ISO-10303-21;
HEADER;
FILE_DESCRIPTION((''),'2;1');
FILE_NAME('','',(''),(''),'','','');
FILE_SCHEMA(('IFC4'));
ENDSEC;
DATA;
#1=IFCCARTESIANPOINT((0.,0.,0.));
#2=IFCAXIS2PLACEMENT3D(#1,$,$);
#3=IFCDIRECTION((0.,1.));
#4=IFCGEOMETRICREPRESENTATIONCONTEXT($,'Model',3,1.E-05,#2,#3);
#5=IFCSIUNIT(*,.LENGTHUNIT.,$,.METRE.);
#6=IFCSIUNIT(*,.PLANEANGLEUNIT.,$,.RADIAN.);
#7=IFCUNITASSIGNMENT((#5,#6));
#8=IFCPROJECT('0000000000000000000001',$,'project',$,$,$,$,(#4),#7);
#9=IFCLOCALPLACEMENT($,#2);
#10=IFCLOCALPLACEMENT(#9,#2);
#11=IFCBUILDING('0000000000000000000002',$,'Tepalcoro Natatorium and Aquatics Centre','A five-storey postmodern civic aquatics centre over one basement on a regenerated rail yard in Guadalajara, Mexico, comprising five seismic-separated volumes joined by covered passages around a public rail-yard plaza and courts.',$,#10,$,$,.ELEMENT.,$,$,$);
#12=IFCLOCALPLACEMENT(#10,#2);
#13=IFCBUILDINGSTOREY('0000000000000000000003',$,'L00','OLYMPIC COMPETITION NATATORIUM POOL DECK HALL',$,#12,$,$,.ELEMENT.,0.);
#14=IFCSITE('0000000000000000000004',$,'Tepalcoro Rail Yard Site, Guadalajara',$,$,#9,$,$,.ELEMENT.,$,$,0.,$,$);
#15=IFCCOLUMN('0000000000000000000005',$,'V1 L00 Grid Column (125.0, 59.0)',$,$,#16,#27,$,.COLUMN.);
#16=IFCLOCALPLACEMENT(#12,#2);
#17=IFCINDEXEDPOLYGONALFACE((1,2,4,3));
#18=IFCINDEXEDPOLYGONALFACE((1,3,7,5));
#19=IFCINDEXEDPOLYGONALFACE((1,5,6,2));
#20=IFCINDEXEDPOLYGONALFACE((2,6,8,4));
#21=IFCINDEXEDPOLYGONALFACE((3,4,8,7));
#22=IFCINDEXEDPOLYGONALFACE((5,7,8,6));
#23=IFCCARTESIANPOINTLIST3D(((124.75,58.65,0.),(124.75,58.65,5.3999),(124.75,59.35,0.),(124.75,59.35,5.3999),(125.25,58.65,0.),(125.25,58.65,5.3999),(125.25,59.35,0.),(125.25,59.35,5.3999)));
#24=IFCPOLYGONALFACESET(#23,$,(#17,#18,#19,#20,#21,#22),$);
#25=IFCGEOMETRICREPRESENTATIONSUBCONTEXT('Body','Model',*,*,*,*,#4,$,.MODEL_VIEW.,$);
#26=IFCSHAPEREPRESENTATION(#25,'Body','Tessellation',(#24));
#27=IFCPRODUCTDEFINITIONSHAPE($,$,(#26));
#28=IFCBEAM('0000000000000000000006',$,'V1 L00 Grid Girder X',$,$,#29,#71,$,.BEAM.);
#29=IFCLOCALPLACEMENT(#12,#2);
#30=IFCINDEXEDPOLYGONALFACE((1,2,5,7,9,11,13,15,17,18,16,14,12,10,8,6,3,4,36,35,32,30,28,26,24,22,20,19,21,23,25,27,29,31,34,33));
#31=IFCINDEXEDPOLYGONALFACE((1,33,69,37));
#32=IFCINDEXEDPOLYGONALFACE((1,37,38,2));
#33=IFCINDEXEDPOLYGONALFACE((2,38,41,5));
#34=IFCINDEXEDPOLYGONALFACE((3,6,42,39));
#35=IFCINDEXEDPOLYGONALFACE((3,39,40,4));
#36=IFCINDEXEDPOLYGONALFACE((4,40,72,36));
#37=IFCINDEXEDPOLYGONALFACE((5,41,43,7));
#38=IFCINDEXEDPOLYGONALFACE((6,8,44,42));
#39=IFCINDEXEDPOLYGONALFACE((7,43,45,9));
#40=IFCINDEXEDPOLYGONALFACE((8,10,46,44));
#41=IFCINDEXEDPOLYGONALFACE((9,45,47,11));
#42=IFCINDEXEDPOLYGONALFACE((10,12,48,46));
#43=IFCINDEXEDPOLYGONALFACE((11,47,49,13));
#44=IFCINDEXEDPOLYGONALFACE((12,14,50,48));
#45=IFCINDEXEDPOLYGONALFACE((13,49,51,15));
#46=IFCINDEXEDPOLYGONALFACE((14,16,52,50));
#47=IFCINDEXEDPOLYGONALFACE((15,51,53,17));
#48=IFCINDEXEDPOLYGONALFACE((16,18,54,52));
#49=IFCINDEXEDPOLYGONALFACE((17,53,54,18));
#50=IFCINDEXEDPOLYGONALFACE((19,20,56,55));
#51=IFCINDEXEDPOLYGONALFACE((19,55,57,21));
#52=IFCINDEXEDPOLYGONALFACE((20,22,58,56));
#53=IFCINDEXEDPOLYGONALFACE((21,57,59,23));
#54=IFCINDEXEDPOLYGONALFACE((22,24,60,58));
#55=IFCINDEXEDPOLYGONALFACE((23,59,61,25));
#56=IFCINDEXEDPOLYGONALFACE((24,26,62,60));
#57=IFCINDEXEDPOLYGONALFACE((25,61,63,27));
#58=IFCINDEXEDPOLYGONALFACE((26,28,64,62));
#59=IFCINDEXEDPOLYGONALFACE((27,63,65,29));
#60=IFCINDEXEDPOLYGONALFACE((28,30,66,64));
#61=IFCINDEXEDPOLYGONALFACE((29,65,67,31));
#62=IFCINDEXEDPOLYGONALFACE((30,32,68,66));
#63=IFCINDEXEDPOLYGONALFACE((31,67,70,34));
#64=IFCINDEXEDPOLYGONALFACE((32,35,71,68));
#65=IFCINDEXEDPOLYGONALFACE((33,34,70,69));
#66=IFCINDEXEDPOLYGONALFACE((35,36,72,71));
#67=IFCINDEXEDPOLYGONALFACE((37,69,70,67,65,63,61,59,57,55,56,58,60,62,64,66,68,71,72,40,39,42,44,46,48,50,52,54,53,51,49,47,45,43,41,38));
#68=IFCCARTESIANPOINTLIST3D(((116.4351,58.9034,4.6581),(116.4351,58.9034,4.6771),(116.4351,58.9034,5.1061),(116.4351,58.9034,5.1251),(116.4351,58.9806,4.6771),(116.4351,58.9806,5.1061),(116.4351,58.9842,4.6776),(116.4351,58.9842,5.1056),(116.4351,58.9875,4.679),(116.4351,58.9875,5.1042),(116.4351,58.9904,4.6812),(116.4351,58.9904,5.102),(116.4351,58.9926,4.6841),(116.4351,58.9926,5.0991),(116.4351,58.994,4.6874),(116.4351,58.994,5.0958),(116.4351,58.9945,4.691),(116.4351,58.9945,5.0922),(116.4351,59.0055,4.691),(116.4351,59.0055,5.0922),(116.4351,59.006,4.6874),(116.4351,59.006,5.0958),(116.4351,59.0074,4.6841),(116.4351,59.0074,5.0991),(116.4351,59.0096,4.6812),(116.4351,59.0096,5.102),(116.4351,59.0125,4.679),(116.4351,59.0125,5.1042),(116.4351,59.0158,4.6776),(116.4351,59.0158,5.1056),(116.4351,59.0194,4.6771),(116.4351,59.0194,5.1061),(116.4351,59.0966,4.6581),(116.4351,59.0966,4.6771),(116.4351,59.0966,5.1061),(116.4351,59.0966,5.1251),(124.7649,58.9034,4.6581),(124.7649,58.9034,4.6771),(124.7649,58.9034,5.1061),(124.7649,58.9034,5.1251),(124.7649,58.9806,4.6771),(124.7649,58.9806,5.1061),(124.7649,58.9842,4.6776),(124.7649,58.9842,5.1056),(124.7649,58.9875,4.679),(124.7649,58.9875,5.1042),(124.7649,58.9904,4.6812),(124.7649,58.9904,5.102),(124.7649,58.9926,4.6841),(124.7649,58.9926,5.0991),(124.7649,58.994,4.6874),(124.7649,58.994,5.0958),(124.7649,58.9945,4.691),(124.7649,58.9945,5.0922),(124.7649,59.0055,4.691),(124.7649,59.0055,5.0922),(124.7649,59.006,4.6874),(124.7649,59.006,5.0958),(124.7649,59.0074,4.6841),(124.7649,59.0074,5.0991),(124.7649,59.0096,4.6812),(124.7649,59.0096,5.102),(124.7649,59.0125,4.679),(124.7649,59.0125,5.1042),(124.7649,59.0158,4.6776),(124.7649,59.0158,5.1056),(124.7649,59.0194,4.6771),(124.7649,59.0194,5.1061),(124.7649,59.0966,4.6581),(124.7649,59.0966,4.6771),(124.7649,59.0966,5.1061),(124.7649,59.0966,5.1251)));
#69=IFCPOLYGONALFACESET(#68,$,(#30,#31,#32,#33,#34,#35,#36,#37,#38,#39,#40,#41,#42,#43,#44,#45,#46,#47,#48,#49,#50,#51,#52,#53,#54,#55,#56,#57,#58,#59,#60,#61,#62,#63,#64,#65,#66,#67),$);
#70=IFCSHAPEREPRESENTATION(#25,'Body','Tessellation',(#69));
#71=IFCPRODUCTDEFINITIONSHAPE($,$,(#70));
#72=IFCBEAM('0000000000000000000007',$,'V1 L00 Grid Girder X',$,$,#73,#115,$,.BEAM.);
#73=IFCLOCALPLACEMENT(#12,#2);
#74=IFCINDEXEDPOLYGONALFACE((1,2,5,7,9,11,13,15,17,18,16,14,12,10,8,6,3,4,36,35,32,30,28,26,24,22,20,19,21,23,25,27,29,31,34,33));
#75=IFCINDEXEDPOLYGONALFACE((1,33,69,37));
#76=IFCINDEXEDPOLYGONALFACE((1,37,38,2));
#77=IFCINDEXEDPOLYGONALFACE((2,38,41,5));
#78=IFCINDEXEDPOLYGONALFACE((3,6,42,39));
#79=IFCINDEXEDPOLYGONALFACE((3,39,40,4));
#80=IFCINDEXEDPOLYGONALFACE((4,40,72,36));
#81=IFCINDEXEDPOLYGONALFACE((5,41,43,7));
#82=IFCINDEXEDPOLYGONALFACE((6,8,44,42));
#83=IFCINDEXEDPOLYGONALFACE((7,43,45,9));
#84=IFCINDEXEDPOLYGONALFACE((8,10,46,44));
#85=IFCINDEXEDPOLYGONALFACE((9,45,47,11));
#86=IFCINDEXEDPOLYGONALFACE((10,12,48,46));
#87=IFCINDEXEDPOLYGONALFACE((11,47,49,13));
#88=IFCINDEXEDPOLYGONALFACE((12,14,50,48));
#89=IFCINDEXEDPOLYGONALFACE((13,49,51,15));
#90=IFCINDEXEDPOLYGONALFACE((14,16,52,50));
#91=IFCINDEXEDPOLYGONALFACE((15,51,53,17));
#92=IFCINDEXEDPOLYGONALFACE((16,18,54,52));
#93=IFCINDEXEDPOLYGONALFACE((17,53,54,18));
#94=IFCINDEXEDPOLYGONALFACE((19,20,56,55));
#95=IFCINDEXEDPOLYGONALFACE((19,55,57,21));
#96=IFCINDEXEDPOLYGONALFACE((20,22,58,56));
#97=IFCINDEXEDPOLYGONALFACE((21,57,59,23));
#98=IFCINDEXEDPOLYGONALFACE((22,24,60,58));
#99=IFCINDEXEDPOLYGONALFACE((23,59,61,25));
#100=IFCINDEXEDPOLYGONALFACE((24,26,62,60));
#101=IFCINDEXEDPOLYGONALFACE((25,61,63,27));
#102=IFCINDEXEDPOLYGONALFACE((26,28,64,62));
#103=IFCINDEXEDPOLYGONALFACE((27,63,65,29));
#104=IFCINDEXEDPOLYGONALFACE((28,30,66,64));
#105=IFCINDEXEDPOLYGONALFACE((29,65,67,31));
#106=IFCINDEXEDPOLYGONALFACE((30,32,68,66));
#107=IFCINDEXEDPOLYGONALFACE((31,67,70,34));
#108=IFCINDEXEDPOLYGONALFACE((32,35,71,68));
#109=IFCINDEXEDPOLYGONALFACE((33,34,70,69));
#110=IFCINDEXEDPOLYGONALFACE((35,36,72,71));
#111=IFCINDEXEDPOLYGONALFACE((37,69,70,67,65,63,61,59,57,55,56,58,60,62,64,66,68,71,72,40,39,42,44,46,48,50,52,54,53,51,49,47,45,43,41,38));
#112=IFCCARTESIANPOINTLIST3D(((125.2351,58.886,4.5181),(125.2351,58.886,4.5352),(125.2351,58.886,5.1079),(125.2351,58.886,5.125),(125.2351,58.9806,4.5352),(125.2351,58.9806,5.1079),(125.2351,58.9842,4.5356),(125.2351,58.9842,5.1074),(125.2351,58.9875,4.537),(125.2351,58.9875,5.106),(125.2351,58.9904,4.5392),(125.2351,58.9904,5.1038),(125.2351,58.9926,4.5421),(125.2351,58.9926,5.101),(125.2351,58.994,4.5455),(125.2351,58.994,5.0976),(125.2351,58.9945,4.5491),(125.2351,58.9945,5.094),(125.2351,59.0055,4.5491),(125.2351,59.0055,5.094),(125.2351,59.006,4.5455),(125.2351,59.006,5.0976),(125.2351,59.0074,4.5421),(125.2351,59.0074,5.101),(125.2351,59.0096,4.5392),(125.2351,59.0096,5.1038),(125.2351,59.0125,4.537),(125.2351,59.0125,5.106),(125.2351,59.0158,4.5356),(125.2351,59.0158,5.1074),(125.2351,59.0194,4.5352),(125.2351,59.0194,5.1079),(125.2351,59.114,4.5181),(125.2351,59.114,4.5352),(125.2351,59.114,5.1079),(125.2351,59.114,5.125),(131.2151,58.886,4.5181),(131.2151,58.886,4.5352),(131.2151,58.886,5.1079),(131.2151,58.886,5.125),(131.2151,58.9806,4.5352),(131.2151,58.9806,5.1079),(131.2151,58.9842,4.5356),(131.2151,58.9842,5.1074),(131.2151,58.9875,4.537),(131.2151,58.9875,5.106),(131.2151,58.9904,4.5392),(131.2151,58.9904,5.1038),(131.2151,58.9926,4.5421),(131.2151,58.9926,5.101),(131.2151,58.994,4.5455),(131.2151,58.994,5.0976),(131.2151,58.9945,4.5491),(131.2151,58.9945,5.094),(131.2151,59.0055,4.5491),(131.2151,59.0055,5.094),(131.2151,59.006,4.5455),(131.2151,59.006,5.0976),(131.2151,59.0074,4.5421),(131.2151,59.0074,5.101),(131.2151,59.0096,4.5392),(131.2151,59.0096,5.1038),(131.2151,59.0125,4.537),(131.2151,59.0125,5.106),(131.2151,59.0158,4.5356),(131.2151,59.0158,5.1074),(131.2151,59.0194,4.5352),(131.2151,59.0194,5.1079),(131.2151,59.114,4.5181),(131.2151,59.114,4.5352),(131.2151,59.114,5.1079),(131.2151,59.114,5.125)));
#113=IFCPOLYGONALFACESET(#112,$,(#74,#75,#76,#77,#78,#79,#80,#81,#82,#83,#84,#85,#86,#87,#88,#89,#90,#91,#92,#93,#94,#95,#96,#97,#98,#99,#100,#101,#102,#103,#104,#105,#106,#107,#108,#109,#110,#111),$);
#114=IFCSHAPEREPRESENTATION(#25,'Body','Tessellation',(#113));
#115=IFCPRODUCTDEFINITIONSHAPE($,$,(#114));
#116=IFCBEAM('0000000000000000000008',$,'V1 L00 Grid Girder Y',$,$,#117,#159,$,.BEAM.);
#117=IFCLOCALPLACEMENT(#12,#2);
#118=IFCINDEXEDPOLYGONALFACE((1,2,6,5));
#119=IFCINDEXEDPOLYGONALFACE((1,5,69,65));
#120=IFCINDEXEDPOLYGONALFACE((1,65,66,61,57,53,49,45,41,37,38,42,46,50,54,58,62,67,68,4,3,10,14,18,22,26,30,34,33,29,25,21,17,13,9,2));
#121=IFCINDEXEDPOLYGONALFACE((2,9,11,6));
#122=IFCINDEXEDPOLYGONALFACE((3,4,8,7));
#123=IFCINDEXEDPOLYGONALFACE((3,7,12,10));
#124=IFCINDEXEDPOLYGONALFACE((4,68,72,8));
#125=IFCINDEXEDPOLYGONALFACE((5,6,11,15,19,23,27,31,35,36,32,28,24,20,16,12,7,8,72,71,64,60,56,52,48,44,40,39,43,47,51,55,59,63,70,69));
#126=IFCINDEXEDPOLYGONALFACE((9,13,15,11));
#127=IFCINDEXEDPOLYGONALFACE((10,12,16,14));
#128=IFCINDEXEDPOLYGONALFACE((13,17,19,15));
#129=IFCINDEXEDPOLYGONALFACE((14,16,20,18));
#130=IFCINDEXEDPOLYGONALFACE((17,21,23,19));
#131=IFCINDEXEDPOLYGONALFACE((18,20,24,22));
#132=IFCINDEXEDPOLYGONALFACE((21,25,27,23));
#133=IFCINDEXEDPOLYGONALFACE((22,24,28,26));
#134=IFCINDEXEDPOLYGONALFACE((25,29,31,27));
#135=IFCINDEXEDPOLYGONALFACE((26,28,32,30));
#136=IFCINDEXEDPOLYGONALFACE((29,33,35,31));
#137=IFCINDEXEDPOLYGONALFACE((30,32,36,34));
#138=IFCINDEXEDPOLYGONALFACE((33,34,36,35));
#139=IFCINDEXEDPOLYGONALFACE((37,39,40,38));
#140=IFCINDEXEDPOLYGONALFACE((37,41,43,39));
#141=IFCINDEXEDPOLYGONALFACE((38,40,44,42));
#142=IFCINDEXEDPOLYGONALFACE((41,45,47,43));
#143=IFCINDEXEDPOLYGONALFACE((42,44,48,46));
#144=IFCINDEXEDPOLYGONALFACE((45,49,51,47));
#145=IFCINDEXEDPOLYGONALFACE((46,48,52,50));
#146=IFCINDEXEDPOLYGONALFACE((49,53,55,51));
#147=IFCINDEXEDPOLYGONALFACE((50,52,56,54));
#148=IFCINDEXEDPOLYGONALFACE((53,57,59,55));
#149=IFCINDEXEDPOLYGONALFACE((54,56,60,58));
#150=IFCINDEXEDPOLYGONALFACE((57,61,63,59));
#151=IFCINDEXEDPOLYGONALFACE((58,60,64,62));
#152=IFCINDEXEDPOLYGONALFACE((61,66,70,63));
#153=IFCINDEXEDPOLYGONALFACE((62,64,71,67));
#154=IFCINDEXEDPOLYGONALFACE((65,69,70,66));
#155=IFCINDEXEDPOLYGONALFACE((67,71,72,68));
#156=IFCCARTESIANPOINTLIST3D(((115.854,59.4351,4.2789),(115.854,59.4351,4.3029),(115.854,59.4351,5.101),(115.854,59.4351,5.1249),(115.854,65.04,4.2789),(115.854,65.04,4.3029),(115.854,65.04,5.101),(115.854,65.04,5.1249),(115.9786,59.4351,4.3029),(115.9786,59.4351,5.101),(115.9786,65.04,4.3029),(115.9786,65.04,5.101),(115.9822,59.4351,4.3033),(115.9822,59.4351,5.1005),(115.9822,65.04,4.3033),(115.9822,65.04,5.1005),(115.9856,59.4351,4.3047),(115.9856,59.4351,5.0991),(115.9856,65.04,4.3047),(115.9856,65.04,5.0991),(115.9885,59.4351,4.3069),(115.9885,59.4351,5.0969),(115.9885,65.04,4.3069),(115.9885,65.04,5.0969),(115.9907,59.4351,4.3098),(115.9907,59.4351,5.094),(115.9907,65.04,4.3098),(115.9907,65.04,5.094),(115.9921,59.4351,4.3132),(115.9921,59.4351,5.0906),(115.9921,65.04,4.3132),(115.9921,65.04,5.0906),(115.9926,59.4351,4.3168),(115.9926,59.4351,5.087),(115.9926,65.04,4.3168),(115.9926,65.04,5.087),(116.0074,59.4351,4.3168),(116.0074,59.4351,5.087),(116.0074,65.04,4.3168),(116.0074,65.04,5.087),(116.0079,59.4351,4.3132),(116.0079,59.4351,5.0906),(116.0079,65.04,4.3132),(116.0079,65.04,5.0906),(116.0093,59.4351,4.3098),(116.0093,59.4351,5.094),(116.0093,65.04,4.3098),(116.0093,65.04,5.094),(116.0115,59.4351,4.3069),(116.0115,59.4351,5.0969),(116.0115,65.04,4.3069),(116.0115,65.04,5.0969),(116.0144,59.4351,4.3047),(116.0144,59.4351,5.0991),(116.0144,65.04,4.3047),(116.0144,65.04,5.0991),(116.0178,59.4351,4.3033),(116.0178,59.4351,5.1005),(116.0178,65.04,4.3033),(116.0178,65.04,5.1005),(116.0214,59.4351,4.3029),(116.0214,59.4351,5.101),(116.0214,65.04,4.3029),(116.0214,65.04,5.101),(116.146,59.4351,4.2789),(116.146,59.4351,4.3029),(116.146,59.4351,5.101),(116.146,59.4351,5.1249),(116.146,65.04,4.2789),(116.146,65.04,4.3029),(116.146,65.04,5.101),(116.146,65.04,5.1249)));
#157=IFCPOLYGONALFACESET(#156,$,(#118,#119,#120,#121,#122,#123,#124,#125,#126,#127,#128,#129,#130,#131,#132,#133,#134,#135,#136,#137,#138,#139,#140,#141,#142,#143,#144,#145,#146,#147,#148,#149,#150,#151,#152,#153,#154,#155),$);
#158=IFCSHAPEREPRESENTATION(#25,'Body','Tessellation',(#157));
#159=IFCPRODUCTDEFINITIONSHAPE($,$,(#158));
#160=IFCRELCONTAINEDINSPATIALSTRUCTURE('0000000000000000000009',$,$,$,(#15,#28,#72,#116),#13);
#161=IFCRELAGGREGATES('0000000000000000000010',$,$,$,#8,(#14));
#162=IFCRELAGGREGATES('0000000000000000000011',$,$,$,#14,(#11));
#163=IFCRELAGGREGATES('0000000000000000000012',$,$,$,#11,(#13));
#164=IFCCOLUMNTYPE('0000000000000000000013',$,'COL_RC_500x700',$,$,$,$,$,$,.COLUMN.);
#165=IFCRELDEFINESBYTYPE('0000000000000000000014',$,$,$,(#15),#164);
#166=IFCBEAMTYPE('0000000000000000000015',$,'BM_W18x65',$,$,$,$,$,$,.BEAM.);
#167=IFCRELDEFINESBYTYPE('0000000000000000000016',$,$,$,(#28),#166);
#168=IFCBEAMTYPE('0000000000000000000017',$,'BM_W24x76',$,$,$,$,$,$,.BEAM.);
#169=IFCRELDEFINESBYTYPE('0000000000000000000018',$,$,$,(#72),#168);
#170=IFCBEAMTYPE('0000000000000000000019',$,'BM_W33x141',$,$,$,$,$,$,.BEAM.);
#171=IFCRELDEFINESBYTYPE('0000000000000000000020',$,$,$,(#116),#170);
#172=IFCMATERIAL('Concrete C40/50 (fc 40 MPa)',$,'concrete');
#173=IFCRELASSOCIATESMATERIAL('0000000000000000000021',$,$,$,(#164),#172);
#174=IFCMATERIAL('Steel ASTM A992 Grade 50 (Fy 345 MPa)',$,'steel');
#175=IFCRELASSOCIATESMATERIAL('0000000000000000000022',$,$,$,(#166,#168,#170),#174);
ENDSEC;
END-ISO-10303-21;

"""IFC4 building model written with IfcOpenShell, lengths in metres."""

from ifc_helpers import new_model, si_unit, direction, frame, origin, origin_2d, place, context, subcontext, project, spatial, rectangle, i_section, extrude, material, material_profile, profile_set, type_object, element, save


model = new_model("IFC4")

# Units and contexts
model_context = context("Model", 3, precision=1e-05, world=origin(), true_north=direction((0.0, 1.0)))
body_context = subcontext(model_context, "Body", "Model", "MODEL_VIEW")
ifc_project = project(units=[si_unit("LENGTHUNIT", "METRE"), si_unit("PLANEANGLEUNIT", "RADIAN")], contexts=[model_context])

# Site, building, storey
site_placement = place(None, origin())
site = spatial("IfcSite", under=ifc_project, at=site_placement, Name="Tepalcoro Rail Yard Site, Guadalajara", CompositionType="ELEMENT", RefElevation=0.0)
building_placement = place(site_placement, origin())
building = spatial("IfcBuilding", under=site, at=building_placement, Name="Tepalcoro Natatorium and Aquatics Centre", Description="A five-storey postmodern civic aquatics centre over one basement on a regenerated rail yard in Guadalajara, Mexico, comprising five seismic-separated volumes joined by covered passages around a public rail-yard plaza and courts.", CompositionType="ELEMENT")
storey_placement = place(building_placement, origin())
storey = spatial("IfcBuildingStorey", under=building, at=storey_placement, Name="L00", Description="OLYMPIC COMPETITION NATATORIUM POOL DECK HALL", CompositionType="ELEMENT", Elevation=0.0)

# Column
ifc_material_1 = material(Name="Concrete C40/50 (fc 40 MPa)", Category="concrete")
ifc_material_profile_1 = material_profile(ifc_material_1, rectangle(XDim=0.5, YDim=0.7, at=origin_2d()), Name="RC500x700")
ifc_profile_set_1 = profile_set([ifc_material_profile_1], Name="Concrete C40/50 (fc 40 MPa)")
column_type = type_object("IfcColumnType", Name="COL_RC_500x700", PredefinedType="COLUMN", material=ifc_profile_set_1)
column_placement = place(storey_placement, frame((125.0, 59.0, 0.0), z_axis=(0.0, 0.0, 1.0), x_axis=(1.0, 0.0, 0.0)))
element("IfcColumn", 1, at=column_placement, inside=storey, type_object=column_type, Name="V1 L00 Grid Column (125.0, 59.0)", PredefinedType="COLUMN", context=body_context, shape_type="SweptSolid", body=[
    extrude(rectangle(XDim=0.5, YDim=0.7, at=origin_2d()), origin(), (0.0, 0.0, 1.0), 5.3999),
])

# Beams
ifc_material_2 = material(Name="Steel ASTM A992 Grade 50 (Fy 345 MPa)", Category="steel")
ifc_material_profile_2 = material_profile(ifc_material_2, i_section(OverallWidth=0.1931, OverallDepth=0.467, WebThickness=0.011, FlangeThickness=0.019, FilletRadius=0.0139, at=origin_2d()), Name="W18X65")
ifc_profile_set_2 = profile_set([ifc_material_profile_2], Name="Steel ASTM A992 Grade 50 (Fy 345 MPa)")
beam_type_1 = type_object("IfcBeamType", Name="BM_W18x65", PredefinedType="BEAM", material=ifc_profile_set_2)
beam_1_placement = place(storey_placement, frame((116.4351, 59.0, 4.8916), z_axis=(1.0, 0.0, 0.0), x_axis=(0.0, 1.0, 0.0)))
element("IfcBeam", 2, at=beam_1_placement, inside=storey, type_object=beam_type_1, Name="V1 L00 Grid Girder X", PredefinedType="BEAM", context=body_context, shape_type="SweptSolid", body=[
    extrude(i_section(OverallWidth=0.1931, OverallDepth=0.467, WebThickness=0.011, FlangeThickness=0.019, FilletRadius=0.0139, at=origin_2d()), origin(), (0.0, 0.0, 1.0), 8.3298),
])
ifc_material_profile_3 = material_profile(ifc_material_2, i_section(OverallWidth=0.228, OverallDepth=0.6069, WebThickness=0.011, FlangeThickness=0.0171, FilletRadius=0.0139, at=origin_2d()), Name="W24X76")
ifc_profile_set_3 = profile_set([ifc_material_profile_3], Name="Steel ASTM A992 Grade 50 (Fy 345 MPa)")
beam_type_2 = type_object("IfcBeamType", Name="BM_W24x76", PredefinedType="BEAM", material=ifc_profile_set_3)
beam_2_placement = place(storey_placement, frame((125.2351, 59.0, 4.8215), z_axis=(1.0, 0.0, 0.0), x_axis=(0.0, 1.0, 0.0)))
element("IfcBeam", 3, at=beam_2_placement, inside=storey, type_object=beam_type_2, Name="V1 L00 Grid Girder X", PredefinedType="BEAM", context=body_context, shape_type="SweptSolid", body=[
    extrude(i_section(OverallWidth=0.228, OverallDepth=0.6069, WebThickness=0.011, FlangeThickness=0.0171, FilletRadius=0.0139, at=origin_2d()), origin(), (0.0, 0.0, 1.0), 5.98),
])
ifc_material_profile_4 = material_profile(ifc_material_2, i_section(OverallWidth=0.292, OverallDepth=0.8459, WebThickness=0.0149, FlangeThickness=0.0239, FilletRadius=0.0139, at=origin_2d()), Name="W33X141")
ifc_profile_set_4 = profile_set([ifc_material_profile_4], Name="Steel ASTM A992 Grade 50 (Fy 345 MPa)")
beam_type_3 = type_object("IfcBeamType", Name="BM_W33x141", PredefinedType="BEAM", material=ifc_profile_set_4)
beam_3_placement = place(storey_placement, frame((116.0, 59.4351, 4.7019), z_axis=(0.0, 1.0, 0.0), x_axis=(-1.0, 0.0, 0.0)))
element("IfcBeam", 4, at=beam_3_placement, inside=storey, type_object=beam_type_3, Name="V1 L00 Grid Girder Y", PredefinedType="BEAM", context=body_context, shape_type="SweptSolid", body=[
    extrude(i_section(OverallWidth=0.292, OverallDepth=0.8459, WebThickness=0.0149, FlangeThickness=0.0239, FilletRadius=0.0139, at=origin_2d()), origin(), (0.0, 0.0, 1.0), 5.605),
])

save(model, "model.ifc")
